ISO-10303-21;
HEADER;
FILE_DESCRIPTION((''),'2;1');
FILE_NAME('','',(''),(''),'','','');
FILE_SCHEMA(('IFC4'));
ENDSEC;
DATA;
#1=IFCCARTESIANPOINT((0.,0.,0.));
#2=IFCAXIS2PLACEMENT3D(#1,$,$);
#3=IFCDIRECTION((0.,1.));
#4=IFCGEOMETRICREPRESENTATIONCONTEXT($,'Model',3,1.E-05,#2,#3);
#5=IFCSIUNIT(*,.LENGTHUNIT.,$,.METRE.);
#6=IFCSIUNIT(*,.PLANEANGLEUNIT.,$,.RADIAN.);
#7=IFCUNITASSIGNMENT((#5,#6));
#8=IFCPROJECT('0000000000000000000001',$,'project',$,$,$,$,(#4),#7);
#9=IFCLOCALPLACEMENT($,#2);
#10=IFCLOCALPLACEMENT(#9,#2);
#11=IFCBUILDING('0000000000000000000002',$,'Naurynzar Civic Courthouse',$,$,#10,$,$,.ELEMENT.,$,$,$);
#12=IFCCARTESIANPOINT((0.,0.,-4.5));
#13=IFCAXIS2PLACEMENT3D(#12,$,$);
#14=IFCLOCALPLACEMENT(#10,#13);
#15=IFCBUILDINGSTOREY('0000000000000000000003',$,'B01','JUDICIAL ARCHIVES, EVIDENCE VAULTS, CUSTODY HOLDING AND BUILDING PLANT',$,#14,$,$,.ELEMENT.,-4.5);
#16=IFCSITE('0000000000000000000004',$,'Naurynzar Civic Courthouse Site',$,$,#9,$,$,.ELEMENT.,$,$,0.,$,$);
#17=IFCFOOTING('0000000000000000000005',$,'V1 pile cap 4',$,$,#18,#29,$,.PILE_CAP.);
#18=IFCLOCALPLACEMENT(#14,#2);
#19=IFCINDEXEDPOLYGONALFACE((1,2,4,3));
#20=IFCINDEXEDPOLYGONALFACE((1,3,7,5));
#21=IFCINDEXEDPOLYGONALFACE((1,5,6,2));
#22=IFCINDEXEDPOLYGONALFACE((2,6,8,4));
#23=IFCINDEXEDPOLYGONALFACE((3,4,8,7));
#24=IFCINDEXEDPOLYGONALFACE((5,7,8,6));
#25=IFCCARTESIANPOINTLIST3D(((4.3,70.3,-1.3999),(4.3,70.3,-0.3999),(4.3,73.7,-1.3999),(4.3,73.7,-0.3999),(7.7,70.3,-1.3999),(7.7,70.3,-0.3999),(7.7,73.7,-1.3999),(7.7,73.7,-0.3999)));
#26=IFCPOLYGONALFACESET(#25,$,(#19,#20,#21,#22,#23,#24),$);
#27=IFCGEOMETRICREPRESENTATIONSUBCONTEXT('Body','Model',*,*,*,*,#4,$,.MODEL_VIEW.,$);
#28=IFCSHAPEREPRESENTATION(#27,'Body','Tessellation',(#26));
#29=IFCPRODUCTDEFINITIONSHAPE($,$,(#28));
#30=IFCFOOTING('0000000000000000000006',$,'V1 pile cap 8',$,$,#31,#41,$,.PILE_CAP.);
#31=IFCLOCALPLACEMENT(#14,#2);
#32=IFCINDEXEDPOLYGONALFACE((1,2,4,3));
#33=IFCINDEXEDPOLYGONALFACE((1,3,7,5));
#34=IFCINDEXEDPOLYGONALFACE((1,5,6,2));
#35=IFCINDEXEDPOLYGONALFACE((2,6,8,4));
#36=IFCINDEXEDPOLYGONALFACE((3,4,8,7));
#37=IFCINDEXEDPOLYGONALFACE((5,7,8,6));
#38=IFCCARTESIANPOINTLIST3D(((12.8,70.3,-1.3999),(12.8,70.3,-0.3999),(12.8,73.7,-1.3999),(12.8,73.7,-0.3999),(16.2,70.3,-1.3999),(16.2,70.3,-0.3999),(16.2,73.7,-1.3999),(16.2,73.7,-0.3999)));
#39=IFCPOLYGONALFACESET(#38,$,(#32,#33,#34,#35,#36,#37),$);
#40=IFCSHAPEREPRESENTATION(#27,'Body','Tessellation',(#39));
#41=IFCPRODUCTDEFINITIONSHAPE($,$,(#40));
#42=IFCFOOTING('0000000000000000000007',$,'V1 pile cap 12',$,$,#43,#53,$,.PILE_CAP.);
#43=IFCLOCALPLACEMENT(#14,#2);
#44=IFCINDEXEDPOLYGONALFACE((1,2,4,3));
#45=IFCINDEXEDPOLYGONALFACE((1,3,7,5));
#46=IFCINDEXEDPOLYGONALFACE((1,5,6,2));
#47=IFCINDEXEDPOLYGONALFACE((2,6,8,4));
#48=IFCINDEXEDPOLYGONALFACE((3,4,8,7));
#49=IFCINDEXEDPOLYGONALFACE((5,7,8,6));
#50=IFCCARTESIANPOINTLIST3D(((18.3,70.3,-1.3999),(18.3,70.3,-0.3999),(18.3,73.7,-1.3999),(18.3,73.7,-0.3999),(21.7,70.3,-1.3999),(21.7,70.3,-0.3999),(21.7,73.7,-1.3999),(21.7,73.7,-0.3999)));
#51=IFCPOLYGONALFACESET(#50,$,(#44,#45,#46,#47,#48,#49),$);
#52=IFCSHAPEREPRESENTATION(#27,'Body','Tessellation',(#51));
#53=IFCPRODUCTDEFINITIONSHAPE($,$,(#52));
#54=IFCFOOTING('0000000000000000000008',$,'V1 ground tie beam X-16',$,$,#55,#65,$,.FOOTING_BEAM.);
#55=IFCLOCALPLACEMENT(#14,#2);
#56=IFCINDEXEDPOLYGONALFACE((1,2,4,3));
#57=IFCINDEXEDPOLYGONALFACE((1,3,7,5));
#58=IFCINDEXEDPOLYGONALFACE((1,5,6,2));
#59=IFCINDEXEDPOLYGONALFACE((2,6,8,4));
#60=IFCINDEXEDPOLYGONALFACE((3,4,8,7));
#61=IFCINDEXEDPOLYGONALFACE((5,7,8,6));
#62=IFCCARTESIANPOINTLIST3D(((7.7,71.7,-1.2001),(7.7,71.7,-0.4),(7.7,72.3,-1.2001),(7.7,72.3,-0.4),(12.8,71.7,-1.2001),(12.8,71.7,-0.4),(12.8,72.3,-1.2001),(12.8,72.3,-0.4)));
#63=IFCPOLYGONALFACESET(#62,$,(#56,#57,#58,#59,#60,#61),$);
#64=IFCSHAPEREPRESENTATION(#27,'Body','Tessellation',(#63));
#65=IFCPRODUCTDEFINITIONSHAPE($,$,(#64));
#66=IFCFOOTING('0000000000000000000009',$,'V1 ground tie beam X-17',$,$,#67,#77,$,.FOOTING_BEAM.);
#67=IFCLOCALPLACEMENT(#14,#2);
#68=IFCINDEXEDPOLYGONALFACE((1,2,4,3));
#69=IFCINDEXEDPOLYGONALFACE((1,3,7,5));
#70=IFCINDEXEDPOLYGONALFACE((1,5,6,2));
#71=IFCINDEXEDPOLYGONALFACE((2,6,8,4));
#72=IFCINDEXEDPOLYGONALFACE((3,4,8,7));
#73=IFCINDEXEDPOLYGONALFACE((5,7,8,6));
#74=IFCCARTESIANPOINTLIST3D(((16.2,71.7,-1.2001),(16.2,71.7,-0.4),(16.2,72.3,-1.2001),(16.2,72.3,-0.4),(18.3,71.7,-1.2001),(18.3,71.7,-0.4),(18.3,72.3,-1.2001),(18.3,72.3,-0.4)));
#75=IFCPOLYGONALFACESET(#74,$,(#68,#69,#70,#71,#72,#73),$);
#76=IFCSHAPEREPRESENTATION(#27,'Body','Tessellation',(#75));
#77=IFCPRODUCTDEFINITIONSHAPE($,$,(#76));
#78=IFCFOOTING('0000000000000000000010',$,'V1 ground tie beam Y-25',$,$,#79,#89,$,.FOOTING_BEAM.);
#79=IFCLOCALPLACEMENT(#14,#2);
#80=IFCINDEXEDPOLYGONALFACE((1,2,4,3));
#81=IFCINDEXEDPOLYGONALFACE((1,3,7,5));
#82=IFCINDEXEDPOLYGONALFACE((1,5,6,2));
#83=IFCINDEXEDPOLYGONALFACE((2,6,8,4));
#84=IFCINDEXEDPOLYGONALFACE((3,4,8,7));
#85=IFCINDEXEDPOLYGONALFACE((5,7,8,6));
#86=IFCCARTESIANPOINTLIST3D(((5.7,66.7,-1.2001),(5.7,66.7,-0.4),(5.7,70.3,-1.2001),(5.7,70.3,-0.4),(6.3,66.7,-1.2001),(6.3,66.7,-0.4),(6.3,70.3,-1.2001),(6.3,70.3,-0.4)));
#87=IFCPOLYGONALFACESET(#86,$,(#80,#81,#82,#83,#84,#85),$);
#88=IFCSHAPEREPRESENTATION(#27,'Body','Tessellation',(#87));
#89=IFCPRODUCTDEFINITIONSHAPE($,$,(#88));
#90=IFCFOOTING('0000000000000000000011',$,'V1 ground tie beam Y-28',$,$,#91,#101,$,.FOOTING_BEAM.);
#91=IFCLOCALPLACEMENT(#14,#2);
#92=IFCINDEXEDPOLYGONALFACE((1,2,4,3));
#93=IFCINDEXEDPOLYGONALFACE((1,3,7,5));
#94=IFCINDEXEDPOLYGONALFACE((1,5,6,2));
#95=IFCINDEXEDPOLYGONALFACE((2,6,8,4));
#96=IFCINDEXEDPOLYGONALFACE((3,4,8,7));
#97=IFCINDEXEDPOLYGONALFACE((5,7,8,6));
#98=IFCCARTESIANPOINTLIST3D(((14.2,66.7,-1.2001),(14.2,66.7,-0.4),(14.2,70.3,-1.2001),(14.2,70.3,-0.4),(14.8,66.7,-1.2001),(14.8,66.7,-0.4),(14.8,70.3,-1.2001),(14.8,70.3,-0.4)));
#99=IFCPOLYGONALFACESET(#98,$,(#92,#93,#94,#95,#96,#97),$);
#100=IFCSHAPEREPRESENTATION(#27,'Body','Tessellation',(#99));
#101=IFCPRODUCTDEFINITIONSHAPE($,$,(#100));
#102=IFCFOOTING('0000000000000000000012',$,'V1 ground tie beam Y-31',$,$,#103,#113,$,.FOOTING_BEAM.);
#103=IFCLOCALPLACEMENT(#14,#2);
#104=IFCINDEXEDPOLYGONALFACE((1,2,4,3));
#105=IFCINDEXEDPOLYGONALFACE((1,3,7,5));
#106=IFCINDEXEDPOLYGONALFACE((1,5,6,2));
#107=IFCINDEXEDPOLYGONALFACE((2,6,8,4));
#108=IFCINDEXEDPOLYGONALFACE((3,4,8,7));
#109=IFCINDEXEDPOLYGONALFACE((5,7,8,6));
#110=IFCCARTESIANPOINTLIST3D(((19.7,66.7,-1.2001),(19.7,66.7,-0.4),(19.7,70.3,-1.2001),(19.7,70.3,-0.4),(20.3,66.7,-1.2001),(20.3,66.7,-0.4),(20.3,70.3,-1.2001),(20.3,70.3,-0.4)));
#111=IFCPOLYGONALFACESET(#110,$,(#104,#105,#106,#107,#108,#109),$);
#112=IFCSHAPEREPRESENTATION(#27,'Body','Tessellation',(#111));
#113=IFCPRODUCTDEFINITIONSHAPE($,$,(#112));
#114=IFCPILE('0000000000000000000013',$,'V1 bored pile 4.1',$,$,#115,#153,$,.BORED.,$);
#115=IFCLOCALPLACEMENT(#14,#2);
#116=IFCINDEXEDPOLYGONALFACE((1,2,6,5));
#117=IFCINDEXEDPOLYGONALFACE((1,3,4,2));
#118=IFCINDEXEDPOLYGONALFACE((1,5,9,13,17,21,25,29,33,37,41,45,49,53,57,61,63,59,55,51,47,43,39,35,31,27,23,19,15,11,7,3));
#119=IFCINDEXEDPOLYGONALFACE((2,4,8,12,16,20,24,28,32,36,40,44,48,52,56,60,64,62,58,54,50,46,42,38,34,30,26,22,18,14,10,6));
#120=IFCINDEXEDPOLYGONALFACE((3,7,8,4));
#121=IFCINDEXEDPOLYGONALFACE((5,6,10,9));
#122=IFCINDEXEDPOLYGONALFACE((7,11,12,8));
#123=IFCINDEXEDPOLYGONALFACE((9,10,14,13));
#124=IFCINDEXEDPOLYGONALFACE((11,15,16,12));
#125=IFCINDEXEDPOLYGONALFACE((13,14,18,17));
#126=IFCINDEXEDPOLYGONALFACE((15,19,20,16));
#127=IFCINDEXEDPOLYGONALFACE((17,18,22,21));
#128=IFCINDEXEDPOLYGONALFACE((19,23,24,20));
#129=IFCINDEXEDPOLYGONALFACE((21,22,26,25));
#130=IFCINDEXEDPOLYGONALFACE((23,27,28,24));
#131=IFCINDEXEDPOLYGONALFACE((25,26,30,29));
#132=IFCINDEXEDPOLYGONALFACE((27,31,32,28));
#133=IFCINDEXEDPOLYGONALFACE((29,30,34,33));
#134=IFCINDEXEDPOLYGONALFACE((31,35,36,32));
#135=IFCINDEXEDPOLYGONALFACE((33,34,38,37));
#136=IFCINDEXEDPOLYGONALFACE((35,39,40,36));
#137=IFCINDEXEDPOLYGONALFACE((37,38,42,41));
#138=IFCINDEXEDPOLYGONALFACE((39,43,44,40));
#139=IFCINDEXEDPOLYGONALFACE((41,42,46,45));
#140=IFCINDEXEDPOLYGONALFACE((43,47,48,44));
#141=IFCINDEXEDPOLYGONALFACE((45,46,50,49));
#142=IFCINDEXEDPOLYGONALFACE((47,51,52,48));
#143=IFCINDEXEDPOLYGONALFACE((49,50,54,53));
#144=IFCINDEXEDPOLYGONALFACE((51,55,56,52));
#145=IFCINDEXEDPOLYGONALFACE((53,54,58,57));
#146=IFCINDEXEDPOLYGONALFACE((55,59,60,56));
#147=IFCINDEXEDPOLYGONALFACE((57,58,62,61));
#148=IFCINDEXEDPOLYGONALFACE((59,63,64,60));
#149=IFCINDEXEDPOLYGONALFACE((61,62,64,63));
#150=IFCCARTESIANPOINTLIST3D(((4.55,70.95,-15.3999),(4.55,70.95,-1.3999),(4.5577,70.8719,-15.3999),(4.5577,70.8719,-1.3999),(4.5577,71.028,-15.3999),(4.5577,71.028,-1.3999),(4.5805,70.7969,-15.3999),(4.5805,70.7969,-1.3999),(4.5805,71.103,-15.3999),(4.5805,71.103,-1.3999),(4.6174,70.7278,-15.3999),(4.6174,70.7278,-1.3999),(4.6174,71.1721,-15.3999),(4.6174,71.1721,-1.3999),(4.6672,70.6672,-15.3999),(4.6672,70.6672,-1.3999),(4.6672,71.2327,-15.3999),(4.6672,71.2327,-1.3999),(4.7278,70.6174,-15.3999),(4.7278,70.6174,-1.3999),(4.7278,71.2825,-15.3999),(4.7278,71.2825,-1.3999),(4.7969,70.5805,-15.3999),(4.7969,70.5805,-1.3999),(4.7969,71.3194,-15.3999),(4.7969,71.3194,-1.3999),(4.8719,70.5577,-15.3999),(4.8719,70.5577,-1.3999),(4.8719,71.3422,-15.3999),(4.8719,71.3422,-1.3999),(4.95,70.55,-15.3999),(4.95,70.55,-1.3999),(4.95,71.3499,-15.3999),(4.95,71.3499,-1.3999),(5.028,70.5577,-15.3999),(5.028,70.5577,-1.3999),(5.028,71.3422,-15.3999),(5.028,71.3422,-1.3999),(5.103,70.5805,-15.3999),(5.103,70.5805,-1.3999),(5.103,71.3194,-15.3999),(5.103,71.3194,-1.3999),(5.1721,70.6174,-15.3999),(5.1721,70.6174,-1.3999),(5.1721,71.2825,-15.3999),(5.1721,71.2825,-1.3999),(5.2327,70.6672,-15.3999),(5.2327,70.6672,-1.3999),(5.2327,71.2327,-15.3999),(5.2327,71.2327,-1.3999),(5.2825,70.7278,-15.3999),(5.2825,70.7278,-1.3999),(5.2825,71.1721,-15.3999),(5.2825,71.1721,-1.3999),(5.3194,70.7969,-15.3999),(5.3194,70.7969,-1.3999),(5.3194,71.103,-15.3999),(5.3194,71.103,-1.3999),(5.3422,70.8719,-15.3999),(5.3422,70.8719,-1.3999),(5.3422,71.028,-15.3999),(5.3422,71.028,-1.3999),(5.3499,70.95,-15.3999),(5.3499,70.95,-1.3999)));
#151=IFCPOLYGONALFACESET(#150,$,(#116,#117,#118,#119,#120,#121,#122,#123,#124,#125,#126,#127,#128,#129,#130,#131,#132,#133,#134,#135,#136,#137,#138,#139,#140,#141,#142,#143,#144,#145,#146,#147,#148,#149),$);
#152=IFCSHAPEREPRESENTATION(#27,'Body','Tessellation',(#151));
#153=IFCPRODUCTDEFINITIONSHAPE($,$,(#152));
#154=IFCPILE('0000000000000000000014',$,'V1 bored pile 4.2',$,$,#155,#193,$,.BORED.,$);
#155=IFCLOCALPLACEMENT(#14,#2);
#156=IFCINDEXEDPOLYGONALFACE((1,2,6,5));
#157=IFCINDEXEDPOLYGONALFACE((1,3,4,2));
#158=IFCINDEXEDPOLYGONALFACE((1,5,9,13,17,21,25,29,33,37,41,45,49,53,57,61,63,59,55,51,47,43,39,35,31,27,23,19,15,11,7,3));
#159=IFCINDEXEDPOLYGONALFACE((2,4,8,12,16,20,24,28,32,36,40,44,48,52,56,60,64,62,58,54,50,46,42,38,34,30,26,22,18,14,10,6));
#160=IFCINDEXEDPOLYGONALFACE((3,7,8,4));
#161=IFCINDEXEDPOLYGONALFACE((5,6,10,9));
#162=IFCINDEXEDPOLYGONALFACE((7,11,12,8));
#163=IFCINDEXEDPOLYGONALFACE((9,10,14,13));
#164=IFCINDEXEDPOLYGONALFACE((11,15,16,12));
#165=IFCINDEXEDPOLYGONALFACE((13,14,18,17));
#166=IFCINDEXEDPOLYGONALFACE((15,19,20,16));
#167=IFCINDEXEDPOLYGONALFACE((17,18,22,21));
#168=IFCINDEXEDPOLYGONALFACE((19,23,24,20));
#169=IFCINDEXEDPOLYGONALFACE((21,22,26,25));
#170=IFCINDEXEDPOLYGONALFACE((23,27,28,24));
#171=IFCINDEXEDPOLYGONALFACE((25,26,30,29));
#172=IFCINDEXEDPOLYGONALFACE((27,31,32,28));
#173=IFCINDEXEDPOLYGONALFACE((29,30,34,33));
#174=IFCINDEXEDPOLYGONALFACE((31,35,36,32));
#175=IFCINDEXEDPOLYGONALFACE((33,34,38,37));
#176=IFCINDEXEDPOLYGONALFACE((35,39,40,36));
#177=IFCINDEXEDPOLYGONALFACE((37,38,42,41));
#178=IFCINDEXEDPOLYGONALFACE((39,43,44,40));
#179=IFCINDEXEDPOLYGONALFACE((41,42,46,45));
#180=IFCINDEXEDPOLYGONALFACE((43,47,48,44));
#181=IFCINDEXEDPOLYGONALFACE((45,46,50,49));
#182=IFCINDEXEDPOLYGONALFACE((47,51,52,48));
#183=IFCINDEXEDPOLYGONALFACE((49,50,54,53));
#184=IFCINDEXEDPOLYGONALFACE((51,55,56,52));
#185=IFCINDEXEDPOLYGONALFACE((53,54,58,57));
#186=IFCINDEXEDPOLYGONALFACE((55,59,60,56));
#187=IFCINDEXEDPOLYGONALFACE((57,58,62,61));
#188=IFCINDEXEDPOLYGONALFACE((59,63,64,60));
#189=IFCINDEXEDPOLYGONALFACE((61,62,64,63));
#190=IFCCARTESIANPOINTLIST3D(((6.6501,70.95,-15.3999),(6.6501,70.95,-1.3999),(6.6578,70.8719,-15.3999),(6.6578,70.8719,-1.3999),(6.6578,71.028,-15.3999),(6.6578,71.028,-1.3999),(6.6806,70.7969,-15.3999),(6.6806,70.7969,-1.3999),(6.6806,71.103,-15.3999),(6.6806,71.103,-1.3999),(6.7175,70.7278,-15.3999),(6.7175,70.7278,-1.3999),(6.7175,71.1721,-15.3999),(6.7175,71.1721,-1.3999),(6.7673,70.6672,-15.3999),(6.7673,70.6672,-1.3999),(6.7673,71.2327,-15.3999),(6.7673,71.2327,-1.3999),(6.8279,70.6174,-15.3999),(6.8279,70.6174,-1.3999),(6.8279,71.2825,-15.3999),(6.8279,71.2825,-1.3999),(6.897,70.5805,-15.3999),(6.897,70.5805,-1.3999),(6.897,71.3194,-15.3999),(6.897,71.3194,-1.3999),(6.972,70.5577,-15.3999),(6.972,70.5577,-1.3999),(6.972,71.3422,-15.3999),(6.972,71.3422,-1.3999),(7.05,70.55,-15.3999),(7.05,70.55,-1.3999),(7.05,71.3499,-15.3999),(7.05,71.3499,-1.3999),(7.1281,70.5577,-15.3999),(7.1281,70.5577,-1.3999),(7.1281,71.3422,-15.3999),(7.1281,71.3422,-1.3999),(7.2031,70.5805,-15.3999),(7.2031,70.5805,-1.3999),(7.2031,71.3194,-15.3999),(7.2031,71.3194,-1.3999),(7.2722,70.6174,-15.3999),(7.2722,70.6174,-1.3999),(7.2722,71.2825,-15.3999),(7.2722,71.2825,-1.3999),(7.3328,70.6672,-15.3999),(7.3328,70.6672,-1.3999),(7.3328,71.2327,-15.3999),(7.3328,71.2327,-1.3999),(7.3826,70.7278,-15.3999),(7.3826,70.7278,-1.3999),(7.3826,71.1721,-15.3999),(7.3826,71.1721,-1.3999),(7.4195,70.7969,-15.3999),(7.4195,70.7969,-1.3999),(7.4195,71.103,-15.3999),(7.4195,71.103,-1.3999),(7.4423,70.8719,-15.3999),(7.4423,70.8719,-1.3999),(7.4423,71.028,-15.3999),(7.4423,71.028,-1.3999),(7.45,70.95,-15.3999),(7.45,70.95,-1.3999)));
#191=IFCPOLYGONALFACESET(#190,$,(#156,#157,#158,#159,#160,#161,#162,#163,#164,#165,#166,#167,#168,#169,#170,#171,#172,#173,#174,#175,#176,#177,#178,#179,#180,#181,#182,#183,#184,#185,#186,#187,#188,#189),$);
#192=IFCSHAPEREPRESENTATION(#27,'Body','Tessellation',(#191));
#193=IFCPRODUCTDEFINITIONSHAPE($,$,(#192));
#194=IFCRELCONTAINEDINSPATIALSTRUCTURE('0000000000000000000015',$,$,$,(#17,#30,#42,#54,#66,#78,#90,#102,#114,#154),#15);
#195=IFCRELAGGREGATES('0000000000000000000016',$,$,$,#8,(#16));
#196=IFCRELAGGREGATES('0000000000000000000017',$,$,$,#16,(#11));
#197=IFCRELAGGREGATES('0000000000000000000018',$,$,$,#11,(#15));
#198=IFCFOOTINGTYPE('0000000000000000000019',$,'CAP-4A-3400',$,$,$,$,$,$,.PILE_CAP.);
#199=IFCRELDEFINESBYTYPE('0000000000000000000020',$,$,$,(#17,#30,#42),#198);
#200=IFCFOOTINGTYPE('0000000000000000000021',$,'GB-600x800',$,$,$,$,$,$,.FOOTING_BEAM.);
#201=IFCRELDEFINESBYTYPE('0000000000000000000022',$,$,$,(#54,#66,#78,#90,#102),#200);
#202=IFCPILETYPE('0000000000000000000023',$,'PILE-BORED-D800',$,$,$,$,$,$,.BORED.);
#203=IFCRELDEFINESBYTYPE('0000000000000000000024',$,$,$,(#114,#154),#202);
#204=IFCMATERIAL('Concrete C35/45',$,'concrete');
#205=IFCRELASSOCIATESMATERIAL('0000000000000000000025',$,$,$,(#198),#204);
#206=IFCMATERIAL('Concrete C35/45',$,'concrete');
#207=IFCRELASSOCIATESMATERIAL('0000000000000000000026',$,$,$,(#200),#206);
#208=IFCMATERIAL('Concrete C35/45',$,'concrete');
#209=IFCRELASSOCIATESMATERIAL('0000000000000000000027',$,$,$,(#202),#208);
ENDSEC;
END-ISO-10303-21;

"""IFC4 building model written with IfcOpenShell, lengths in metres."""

from ifc_helpers import new_model, si_unit, direction, frame, origin, origin_2d, place, context, subcontext, project, spatial, rectangle, circle, extrude, material, material_profile, profile_set, type_object, element, save


model = new_model("IFC4")

# Units and contexts
model_context = context("Model", 3, precision=1e-05, world=origin(), true_north=direction((0.0, 1.0)))
body_context = subcontext(model_context, "Body", "Model", "MODEL_VIEW")
ifc_project = project(units=[si_unit("LENGTHUNIT", "METRE"), si_unit("PLANEANGLEUNIT", "RADIAN")], contexts=[model_context])

# Site, building, storey
site_placement = place(None, origin())
site = spatial("IfcSite", under=ifc_project, at=site_placement, Name="Naurynzar Civic Courthouse Site", CompositionType="ELEMENT", RefElevation=0.0)
building_placement = place(site_placement, origin())
building = spatial("IfcBuilding", under=site, at=building_placement, Name="Naurynzar Civic Courthouse", CompositionType="ELEMENT")
storey_placement = place(building_placement, frame((0.0, 0.0, -4.5)))
storey = spatial("IfcBuildingStorey", under=building, at=storey_placement, Name="B01", Description="JUDICIAL ARCHIVES, EVIDENCE VAULTS, CUSTODY HOLDING AND BUILDING PLANT", CompositionType="ELEMENT", Elevation=-4.5)

# Footings
ifc_material_1 = material(Name="Concrete C35/45", Category="concrete")
footing_type_1 = type_object("IfcFootingType", Name="CAP-4A-3400", PredefinedType="PILE_CAP", material=ifc_material_1)
for number, where, z_axis, x_axis, name in (
    (1, (6.0, 72.0, -1.3999), (0.0, 0.0, 1.0), (1.0, 0.0, 0.0), "V1 pile cap 4"),
    (2, (14.5, 72.0, -1.3999), (0.0, 0.0, 1.0), (1.0, 0.0, 0.0), "V1 pile cap 8"),
    (3, (20.0, 72.0, -1.3999), (0.0, 0.0, 1.0), (1.0, 0.0, 0.0), "V1 pile cap 12"),
):
    element("IfcFooting", number, at=place(storey_placement, frame(where, z_axis=z_axis, x_axis=x_axis)), inside=storey, type_object=footing_type_1, Name=name, PredefinedType="PILE_CAP", context=body_context, shape_type="SweptSolid", body=[
        extrude(rectangle(XDim=3.3999, YDim=3.3999, at=origin_2d()), origin(), (0.0, 0.0, 1.0), 1.0),
    ])
ifc_material_2 = material(Name="Concrete C35/45", Category="concrete")
ifc_material_profile_1 = material_profile(ifc_material_2, rectangle(XDim=0.6001, YDim=0.8, at=origin_2d()), Name="GB 600x800")
ifc_profile_set_1 = profile_set([ifc_material_profile_1], Name="Concrete C35/45")
footing_type_2 = type_object("IfcFootingType", Name="GB-600x800", PredefinedType="FOOTING_BEAM", material=ifc_profile_set_1)
footing_1_placement = place(storey_placement, frame((7.7, 72.0, -0.8), z_axis=(1.0, 0.0, 0.0), x_axis=(0.0, 1.0, 0.0)))
element("IfcFooting", 4, at=footing_1_placement, inside=storey, type_object=footing_type_2, Name="V1 ground tie beam X-16", PredefinedType="FOOTING_BEAM", context=body_context, shape_type="SweptSolid", body=[
    extrude(rectangle(XDim=0.6001, YDim=0.8, at=origin_2d()), origin(), (0.0, 0.0, 1.0), 5.1001),
])
footing_2_placement = place(storey_placement, frame((16.2, 72.0, -0.8), z_axis=(1.0, 0.0, 0.0), x_axis=(0.0, 1.0, 0.0)))
element("IfcFooting", 5, at=footing_2_placement, inside=storey, type_object=footing_type_2, Name="V1 ground tie beam X-17", PredefinedType="FOOTING_BEAM", context=body_context, shape_type="SweptSolid", body=[
    extrude(rectangle(XDim=0.6001, YDim=0.8, at=origin_2d()), origin(), (0.0, 0.0, 1.0), 2.1001),
])
for number, where, z_axis, x_axis, name in (
    (6, (6.0, 66.7, -0.8), (0.0, 1.0, 0.0), (-1.0, 0.0, 0.0), "V1 ground tie beam Y-25"),
    (7, (14.5, 66.7, -0.8), (0.0, 1.0, 0.0), (-1.0, 0.0, 0.0), "V1 ground tie beam Y-28"),
    (8, (20.0, 66.7, -0.8), (0.0, 1.0, 0.0), (-1.0, 0.0, 0.0), "V1 ground tie beam Y-31"),
):
    element("IfcFooting", number, at=place(storey_placement, frame(where, z_axis=z_axis, x_axis=x_axis)), inside=storey, type_object=footing_type_2, Name=name, PredefinedType="FOOTING_BEAM", context=body_context, shape_type="SweptSolid", body=[
        extrude(rectangle(XDim=0.6001, YDim=0.8, at=origin_2d()), origin(), (0.0, 0.0, 1.0), 3.6001),
    ])

# Piles
ifc_material_3 = material(Name="Concrete C35/45", Category="concrete")
ifc_material_profile_2 = material_profile(ifc_material_3, circle(Radius=0.3999, at=origin_2d()), Name="PILE D800")
ifc_profile_set_2 = profile_set([ifc_material_profile_2], Name="Concrete C35/45")
pile_type = type_object("IfcPileType", Name="PILE-BORED-D800", PredefinedType="BORED", material=ifc_profile_set_2)
for number, where, z_axis, x_axis, name in (
    (9, (4.95, 70.95, -1.3999), (0.0, 0.0, -1.0), (1.0, 0.0, 0.0), "V1 bored pile 4.1"),
    (10, (7.05, 70.95, -1.3999), (0.0, 0.0, -1.0), (1.0, 0.0, 0.0), "V1 bored pile 4.2"),
):
    element("IfcPile", number, at=place(storey_placement, frame(where, z_axis=z_axis, x_axis=x_axis)), inside=storey, type_object=pile_type, Name=name, PredefinedType="BORED", context=body_context, shape_type="SweptSolid", body=[
        extrude(circle(Radius=0.3999, at=origin_2d()), origin(), (0.0, 0.0, 1.0), 14.0),
    ])

save(model, "model.ifc")
